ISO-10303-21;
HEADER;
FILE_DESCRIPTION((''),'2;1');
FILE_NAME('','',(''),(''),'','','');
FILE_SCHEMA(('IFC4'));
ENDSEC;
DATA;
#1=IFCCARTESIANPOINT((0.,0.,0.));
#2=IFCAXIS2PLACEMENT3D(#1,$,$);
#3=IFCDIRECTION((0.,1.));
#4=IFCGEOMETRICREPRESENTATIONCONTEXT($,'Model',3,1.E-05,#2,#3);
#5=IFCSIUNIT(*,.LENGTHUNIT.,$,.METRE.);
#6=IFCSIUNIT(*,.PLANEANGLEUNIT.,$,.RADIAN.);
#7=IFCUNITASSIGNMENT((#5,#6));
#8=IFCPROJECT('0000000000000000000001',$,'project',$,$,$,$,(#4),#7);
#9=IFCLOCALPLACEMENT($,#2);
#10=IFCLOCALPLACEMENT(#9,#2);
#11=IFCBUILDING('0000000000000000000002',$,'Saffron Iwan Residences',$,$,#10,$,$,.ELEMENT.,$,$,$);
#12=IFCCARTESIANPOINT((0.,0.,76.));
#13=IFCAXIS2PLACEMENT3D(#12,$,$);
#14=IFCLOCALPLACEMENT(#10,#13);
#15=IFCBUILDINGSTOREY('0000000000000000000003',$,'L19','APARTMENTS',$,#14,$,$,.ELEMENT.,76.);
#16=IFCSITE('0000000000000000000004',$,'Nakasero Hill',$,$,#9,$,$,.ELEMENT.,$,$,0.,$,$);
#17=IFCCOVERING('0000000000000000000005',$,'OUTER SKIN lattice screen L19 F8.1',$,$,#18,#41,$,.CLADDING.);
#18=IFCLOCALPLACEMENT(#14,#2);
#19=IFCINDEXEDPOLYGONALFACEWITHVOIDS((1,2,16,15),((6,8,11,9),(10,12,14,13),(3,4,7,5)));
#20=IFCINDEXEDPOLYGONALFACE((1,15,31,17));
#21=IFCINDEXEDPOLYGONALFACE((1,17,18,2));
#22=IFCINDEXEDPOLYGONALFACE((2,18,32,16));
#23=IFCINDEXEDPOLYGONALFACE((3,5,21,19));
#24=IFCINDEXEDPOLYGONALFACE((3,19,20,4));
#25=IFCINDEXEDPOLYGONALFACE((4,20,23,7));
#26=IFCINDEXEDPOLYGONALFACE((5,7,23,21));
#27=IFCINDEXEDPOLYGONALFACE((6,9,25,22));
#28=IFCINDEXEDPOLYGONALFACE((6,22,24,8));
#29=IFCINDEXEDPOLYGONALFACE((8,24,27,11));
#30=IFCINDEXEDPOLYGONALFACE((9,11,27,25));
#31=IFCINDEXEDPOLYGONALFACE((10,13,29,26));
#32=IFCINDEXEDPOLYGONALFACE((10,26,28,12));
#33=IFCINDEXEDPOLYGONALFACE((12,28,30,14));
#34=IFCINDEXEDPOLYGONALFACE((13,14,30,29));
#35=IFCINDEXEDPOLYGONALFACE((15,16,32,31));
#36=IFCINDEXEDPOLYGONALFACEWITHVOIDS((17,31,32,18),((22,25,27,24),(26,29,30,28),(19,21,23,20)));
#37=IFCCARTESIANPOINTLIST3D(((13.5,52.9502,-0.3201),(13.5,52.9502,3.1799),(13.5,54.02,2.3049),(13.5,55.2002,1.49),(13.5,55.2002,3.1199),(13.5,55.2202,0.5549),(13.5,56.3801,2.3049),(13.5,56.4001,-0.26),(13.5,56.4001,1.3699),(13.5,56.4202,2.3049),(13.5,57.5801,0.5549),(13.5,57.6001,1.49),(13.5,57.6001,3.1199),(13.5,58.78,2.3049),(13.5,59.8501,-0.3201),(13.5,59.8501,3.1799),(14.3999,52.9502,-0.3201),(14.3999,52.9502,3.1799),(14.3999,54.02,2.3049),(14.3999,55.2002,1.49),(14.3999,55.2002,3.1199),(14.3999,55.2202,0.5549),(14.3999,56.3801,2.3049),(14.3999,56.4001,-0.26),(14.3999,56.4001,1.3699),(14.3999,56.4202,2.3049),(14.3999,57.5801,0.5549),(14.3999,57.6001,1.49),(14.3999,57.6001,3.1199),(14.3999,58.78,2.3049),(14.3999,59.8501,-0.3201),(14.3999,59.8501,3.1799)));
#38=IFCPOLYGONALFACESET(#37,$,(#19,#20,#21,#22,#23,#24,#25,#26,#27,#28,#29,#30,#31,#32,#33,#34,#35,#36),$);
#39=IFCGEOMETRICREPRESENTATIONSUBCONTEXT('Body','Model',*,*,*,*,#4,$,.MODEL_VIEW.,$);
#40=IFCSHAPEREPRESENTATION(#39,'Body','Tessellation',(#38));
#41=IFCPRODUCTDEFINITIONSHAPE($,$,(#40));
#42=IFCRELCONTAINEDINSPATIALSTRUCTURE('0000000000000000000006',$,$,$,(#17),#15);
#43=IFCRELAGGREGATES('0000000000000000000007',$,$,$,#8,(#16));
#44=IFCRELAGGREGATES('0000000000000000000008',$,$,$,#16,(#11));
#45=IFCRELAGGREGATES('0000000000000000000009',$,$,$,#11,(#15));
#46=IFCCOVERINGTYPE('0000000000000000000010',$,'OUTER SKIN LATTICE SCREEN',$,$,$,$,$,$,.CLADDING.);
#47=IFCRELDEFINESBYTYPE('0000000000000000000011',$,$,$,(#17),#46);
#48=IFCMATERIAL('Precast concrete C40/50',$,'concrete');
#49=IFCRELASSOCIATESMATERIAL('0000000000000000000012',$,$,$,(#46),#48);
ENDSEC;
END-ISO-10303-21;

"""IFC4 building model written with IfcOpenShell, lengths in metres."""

from ifc_helpers import new_model, si_unit, direction, frame, origin, place, context, subcontext, project, spatial, polyline, outline, extrude, material, type_object, element, save


model = new_model("IFC4")

# Units and contexts
model_context = context("Model", 3, precision=1e-05, world=origin(), true_north=direction((0.0, 1.0)))
body_context = subcontext(model_context, "Body", "Model", "MODEL_VIEW")
ifc_project = project(units=[si_unit("LENGTHUNIT", "METRE"), si_unit("PLANEANGLEUNIT", "RADIAN")], contexts=[model_context])

# Site, building, storey
site_placement = place(None, origin())
site = spatial("IfcSite", under=ifc_project, at=site_placement, Name="Nakasero Hill", CompositionType="ELEMENT", RefElevation=0.0)
building_placement = place(site_placement, origin())
building = spatial("IfcBuilding", under=site, at=building_placement, Name="Saffron Iwan Residences", CompositionType="ELEMENT")
storey_placement = place(building_placement, frame((0.0, 0.0, 76.0)))
storey = spatial("IfcBuildingStorey", under=building, at=storey_placement, Name="L19", Description="APARTMENTS", CompositionType="ELEMENT", Elevation=76.0)

# Covering
ifc_material_1 = material(Name="Precast concrete C40/50", Category="concrete")
covering_type = type_object("IfcCoveringType", Name="OUTER SKIN LATTICE SCREEN", PredefinedType="CLADDING", material=ifc_material_1)
covering_placement = place(storey_placement, frame((14.3999, 59.8501, -0.3201), z_axis=(-1.0, 0.0, 0.0), x_axis=(0.0, -1.0, 0.0)))
element("IfcCovering", 1, at=covering_placement, inside=storey, type_object=covering_type, Name="OUTER SKIN lattice screen L19 F8.1", PredefinedType="CLADDING", context=body_context, shape_type="SweptSolid", body=[
    extrude(outline(polyline([(0.0, 0.0), (6.8999, 0.0), (6.8999, 3.5), (0.0, 3.5), (0.0, 0.0)]), holes=[polyline([(2.27, 0.875), (3.45, 0.0601), (4.6299, 0.875), (3.45, 1.6899), (2.27, 0.875)]), polyline([(1.0701, 2.625), (2.25, 1.8101), (3.4299, 2.625), (2.25, 3.4399), (1.0701, 2.625)]), polyline([(3.47, 2.625), (4.6499, 1.8101), (5.8301, 2.625), (4.6499, 3.4399), (3.47, 2.625)])]), origin(), (0.0, 0.0, 1.0), 0.8999),
])

save(model, "model.ifc")
